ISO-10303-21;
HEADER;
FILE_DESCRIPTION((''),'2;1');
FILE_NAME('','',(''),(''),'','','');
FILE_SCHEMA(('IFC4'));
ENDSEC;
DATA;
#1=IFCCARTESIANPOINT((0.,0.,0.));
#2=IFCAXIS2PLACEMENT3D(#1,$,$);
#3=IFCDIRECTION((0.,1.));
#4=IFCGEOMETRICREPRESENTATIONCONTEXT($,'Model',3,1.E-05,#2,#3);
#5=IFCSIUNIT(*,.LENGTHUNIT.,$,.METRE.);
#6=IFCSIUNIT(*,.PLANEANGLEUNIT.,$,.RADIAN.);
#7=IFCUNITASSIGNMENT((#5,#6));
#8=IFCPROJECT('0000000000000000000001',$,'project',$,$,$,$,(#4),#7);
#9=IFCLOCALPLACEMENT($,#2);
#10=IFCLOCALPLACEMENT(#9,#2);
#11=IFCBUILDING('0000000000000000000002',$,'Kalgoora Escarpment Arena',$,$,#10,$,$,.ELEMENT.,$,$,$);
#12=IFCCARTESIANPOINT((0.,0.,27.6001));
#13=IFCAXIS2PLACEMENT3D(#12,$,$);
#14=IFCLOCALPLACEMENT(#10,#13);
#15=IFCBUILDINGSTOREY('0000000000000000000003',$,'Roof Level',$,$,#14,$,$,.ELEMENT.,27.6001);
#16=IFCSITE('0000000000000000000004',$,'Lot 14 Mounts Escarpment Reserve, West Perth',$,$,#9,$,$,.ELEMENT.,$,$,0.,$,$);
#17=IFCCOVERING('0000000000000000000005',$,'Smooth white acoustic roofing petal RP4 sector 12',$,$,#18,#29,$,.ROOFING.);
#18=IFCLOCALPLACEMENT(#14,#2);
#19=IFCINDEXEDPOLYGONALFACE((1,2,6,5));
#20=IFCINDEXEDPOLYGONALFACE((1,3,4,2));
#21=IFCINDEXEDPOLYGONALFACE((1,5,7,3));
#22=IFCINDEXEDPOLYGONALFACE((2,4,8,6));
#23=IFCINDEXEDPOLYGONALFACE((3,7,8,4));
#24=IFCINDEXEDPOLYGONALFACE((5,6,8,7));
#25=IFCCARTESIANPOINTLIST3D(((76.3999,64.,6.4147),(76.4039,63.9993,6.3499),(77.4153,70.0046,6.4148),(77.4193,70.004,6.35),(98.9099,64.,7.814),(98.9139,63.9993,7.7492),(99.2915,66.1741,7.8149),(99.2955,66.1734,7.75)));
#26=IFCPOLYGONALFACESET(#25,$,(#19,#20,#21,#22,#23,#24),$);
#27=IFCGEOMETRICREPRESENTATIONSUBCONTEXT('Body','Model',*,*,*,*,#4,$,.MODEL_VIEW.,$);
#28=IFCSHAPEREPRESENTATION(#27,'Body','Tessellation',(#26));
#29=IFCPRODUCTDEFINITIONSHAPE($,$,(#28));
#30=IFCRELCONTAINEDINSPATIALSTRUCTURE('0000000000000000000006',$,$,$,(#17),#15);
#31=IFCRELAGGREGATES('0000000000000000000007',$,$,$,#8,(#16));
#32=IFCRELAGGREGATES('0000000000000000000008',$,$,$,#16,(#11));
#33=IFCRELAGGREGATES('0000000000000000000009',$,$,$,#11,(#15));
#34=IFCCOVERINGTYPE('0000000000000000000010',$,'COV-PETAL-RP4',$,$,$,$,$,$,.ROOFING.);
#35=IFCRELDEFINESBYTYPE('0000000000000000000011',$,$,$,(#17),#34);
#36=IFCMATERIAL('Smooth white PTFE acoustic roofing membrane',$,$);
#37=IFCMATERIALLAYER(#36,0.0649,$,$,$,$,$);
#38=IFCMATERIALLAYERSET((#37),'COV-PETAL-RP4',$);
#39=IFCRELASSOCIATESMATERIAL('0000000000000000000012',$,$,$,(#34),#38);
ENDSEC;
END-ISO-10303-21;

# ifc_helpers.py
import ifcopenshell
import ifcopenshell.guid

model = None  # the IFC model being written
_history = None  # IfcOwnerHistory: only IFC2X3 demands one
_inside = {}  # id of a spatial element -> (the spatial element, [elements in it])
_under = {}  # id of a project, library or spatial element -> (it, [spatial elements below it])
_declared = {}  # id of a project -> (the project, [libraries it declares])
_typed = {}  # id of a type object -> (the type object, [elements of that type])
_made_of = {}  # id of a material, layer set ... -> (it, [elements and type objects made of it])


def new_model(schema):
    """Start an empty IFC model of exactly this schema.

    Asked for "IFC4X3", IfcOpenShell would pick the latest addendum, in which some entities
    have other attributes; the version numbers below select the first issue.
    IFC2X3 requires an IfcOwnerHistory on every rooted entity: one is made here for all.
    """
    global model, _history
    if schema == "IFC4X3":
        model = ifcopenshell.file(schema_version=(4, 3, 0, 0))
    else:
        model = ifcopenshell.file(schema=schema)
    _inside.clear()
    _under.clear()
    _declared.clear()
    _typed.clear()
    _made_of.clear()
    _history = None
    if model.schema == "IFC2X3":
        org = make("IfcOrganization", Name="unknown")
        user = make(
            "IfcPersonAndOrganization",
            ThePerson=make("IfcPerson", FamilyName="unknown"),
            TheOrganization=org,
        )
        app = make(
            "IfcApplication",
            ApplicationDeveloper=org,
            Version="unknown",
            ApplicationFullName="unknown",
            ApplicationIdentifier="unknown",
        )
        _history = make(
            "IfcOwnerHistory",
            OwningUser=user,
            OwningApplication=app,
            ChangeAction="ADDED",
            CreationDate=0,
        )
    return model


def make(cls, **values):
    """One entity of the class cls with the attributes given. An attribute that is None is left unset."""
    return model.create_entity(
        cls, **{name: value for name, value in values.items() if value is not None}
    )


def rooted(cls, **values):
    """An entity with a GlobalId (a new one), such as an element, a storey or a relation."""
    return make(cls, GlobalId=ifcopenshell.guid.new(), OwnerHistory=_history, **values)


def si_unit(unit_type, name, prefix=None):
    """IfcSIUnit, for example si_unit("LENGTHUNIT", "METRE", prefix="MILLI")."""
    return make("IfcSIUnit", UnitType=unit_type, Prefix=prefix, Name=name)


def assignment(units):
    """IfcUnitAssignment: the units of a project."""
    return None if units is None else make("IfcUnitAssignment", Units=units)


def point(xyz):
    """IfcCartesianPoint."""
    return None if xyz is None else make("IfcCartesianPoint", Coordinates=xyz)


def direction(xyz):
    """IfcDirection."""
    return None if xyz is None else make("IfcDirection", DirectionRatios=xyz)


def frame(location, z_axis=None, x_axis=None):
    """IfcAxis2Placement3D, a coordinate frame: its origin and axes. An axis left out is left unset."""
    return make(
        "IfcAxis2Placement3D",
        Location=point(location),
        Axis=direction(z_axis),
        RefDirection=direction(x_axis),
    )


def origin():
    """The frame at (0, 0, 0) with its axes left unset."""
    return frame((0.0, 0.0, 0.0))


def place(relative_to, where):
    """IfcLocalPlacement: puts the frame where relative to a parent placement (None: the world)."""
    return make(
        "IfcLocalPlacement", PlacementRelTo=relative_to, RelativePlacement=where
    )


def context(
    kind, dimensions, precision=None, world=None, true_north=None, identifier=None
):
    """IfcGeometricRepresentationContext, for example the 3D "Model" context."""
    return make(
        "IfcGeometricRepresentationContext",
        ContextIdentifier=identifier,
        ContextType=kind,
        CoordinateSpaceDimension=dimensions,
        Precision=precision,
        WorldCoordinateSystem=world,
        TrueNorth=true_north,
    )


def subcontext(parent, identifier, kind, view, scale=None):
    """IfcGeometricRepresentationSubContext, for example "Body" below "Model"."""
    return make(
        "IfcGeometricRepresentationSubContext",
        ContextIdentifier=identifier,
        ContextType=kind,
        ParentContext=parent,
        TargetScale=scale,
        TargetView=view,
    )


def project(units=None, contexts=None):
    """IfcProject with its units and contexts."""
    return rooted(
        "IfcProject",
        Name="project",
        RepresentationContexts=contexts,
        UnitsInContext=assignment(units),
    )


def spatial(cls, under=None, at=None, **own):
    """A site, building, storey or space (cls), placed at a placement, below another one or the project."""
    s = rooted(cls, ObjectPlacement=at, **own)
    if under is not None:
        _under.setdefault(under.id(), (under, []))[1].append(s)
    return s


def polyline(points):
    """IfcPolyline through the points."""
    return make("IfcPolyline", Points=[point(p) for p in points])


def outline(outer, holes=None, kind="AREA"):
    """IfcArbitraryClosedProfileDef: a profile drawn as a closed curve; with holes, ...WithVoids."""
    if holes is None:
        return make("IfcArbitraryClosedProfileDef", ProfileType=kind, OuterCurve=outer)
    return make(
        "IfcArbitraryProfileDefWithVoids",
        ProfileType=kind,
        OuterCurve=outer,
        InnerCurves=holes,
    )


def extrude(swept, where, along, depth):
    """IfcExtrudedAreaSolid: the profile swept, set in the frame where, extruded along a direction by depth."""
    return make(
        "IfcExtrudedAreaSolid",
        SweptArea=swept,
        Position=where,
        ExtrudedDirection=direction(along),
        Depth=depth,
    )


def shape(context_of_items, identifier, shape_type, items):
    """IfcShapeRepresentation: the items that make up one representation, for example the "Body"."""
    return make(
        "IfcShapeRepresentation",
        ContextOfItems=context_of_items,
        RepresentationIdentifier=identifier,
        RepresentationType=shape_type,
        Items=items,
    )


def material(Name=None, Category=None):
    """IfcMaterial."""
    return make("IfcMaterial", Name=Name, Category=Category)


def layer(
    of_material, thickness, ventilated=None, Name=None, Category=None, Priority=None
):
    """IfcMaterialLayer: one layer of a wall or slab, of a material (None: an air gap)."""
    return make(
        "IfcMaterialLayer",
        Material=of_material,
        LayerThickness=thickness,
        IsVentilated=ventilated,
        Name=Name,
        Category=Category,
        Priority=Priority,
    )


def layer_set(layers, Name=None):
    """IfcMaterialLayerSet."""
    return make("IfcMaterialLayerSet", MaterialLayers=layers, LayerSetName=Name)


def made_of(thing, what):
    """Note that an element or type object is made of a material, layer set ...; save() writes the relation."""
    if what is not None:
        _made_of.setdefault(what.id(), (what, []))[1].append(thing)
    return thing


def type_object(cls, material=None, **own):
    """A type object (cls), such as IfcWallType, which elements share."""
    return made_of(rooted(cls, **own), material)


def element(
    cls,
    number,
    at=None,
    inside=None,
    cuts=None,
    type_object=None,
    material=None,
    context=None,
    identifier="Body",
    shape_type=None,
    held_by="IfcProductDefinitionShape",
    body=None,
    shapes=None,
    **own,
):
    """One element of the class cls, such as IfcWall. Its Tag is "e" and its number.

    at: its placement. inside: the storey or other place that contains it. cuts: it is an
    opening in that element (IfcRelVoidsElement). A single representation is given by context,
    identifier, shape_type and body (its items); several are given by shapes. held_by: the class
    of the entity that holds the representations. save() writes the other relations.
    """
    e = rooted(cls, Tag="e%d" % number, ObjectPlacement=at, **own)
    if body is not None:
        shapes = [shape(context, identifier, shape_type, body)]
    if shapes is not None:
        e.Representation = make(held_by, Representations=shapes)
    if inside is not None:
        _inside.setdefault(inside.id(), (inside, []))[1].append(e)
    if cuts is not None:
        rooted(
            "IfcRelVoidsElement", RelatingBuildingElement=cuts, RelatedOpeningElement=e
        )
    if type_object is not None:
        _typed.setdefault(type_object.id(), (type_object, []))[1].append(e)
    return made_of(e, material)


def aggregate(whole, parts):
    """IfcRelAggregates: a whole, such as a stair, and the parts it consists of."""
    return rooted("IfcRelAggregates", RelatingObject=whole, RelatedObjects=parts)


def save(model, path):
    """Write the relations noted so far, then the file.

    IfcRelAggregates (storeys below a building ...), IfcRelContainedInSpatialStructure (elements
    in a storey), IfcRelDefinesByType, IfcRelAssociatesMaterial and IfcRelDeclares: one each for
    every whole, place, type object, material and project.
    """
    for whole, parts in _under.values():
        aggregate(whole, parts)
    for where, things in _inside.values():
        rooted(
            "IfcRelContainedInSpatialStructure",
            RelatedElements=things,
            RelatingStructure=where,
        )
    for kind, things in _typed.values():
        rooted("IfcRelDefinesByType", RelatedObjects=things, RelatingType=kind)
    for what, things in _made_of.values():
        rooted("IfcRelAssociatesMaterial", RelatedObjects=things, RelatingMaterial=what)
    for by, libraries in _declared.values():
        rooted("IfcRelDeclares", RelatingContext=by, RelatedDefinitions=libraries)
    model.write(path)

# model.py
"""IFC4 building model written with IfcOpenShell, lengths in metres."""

from ifc_helpers import new_model, si_unit, direction, frame, origin, place, context, subcontext, project, spatial, polyline, outline, extrude, material, layer, layer_set, type_object, element, save


model = new_model("IFC4")

# Units and contexts
model_context = context("Model", 3, precision=1e-05, world=origin(), true_north=direction((0.0, 1.0)))
body_context = subcontext(model_context, "Body", "Model", "MODEL_VIEW")
ifc_project = project(units=[si_unit("LENGTHUNIT", "METRE"), si_unit("PLANEANGLEUNIT", "RADIAN")], contexts=[model_context])

# Site, building, storey
site_placement = place(None, origin())
site = spatial("IfcSite", under=ifc_project, at=site_placement, Name="Lot 14 Mounts Escarpment Reserve, West Perth", CompositionType="ELEMENT", RefElevation=0.0)
building_placement = place(site_placement, origin())
building = spatial("IfcBuilding", under=site, at=building_placement, Name="Kalgoora Escarpment Arena", CompositionType="ELEMENT")
storey_placement = place(building_placement, frame((0.0, 0.0, 27.6001)))
storey = spatial("IfcBuildingStorey", under=building, at=storey_placement, Name="Roof Level", CompositionType="ELEMENT", Elevation=27.6001)

# Covering
ifc_material_1 = material(Name="Smooth white PTFE acoustic roofing membrane")
ifc_layer_1 = layer(ifc_material_1, 0.0649)
ifc_layer_set_1 = layer_set([ifc_layer_1], Name="COV-PETAL-RP4")
covering_type = type_object("IfcCoveringType", Name="COV-PETAL-RP4", PredefinedType="ROOFING", material=ifc_layer_set_1)
covering_placement = place(storey_placement, frame((77.4153, 70.0046, 6.4148), z_axis=(-0.062038, 0.010477, 0.998019), x_axis=(-0.166732, -0.986002, -0.000013)))
element("IfcCovering", 1, at=covering_placement, inside=storey, type_object=covering_type, Name="Smooth white acoustic roofing petal RP4 sector 12", PredefinedType="ROOFING", context=body_context, shape_type="SweptSolid", body=[
    extrude(outline(polyline([(0.0, 0.0), (6.0899, 0.0), (2.3367, 22.239), (0.1295, 22.2528), (0.0, 0.0)])), origin(), (0.0, 0.0, -1.0), 0.0649),
])

save(model, "model.ifc")
